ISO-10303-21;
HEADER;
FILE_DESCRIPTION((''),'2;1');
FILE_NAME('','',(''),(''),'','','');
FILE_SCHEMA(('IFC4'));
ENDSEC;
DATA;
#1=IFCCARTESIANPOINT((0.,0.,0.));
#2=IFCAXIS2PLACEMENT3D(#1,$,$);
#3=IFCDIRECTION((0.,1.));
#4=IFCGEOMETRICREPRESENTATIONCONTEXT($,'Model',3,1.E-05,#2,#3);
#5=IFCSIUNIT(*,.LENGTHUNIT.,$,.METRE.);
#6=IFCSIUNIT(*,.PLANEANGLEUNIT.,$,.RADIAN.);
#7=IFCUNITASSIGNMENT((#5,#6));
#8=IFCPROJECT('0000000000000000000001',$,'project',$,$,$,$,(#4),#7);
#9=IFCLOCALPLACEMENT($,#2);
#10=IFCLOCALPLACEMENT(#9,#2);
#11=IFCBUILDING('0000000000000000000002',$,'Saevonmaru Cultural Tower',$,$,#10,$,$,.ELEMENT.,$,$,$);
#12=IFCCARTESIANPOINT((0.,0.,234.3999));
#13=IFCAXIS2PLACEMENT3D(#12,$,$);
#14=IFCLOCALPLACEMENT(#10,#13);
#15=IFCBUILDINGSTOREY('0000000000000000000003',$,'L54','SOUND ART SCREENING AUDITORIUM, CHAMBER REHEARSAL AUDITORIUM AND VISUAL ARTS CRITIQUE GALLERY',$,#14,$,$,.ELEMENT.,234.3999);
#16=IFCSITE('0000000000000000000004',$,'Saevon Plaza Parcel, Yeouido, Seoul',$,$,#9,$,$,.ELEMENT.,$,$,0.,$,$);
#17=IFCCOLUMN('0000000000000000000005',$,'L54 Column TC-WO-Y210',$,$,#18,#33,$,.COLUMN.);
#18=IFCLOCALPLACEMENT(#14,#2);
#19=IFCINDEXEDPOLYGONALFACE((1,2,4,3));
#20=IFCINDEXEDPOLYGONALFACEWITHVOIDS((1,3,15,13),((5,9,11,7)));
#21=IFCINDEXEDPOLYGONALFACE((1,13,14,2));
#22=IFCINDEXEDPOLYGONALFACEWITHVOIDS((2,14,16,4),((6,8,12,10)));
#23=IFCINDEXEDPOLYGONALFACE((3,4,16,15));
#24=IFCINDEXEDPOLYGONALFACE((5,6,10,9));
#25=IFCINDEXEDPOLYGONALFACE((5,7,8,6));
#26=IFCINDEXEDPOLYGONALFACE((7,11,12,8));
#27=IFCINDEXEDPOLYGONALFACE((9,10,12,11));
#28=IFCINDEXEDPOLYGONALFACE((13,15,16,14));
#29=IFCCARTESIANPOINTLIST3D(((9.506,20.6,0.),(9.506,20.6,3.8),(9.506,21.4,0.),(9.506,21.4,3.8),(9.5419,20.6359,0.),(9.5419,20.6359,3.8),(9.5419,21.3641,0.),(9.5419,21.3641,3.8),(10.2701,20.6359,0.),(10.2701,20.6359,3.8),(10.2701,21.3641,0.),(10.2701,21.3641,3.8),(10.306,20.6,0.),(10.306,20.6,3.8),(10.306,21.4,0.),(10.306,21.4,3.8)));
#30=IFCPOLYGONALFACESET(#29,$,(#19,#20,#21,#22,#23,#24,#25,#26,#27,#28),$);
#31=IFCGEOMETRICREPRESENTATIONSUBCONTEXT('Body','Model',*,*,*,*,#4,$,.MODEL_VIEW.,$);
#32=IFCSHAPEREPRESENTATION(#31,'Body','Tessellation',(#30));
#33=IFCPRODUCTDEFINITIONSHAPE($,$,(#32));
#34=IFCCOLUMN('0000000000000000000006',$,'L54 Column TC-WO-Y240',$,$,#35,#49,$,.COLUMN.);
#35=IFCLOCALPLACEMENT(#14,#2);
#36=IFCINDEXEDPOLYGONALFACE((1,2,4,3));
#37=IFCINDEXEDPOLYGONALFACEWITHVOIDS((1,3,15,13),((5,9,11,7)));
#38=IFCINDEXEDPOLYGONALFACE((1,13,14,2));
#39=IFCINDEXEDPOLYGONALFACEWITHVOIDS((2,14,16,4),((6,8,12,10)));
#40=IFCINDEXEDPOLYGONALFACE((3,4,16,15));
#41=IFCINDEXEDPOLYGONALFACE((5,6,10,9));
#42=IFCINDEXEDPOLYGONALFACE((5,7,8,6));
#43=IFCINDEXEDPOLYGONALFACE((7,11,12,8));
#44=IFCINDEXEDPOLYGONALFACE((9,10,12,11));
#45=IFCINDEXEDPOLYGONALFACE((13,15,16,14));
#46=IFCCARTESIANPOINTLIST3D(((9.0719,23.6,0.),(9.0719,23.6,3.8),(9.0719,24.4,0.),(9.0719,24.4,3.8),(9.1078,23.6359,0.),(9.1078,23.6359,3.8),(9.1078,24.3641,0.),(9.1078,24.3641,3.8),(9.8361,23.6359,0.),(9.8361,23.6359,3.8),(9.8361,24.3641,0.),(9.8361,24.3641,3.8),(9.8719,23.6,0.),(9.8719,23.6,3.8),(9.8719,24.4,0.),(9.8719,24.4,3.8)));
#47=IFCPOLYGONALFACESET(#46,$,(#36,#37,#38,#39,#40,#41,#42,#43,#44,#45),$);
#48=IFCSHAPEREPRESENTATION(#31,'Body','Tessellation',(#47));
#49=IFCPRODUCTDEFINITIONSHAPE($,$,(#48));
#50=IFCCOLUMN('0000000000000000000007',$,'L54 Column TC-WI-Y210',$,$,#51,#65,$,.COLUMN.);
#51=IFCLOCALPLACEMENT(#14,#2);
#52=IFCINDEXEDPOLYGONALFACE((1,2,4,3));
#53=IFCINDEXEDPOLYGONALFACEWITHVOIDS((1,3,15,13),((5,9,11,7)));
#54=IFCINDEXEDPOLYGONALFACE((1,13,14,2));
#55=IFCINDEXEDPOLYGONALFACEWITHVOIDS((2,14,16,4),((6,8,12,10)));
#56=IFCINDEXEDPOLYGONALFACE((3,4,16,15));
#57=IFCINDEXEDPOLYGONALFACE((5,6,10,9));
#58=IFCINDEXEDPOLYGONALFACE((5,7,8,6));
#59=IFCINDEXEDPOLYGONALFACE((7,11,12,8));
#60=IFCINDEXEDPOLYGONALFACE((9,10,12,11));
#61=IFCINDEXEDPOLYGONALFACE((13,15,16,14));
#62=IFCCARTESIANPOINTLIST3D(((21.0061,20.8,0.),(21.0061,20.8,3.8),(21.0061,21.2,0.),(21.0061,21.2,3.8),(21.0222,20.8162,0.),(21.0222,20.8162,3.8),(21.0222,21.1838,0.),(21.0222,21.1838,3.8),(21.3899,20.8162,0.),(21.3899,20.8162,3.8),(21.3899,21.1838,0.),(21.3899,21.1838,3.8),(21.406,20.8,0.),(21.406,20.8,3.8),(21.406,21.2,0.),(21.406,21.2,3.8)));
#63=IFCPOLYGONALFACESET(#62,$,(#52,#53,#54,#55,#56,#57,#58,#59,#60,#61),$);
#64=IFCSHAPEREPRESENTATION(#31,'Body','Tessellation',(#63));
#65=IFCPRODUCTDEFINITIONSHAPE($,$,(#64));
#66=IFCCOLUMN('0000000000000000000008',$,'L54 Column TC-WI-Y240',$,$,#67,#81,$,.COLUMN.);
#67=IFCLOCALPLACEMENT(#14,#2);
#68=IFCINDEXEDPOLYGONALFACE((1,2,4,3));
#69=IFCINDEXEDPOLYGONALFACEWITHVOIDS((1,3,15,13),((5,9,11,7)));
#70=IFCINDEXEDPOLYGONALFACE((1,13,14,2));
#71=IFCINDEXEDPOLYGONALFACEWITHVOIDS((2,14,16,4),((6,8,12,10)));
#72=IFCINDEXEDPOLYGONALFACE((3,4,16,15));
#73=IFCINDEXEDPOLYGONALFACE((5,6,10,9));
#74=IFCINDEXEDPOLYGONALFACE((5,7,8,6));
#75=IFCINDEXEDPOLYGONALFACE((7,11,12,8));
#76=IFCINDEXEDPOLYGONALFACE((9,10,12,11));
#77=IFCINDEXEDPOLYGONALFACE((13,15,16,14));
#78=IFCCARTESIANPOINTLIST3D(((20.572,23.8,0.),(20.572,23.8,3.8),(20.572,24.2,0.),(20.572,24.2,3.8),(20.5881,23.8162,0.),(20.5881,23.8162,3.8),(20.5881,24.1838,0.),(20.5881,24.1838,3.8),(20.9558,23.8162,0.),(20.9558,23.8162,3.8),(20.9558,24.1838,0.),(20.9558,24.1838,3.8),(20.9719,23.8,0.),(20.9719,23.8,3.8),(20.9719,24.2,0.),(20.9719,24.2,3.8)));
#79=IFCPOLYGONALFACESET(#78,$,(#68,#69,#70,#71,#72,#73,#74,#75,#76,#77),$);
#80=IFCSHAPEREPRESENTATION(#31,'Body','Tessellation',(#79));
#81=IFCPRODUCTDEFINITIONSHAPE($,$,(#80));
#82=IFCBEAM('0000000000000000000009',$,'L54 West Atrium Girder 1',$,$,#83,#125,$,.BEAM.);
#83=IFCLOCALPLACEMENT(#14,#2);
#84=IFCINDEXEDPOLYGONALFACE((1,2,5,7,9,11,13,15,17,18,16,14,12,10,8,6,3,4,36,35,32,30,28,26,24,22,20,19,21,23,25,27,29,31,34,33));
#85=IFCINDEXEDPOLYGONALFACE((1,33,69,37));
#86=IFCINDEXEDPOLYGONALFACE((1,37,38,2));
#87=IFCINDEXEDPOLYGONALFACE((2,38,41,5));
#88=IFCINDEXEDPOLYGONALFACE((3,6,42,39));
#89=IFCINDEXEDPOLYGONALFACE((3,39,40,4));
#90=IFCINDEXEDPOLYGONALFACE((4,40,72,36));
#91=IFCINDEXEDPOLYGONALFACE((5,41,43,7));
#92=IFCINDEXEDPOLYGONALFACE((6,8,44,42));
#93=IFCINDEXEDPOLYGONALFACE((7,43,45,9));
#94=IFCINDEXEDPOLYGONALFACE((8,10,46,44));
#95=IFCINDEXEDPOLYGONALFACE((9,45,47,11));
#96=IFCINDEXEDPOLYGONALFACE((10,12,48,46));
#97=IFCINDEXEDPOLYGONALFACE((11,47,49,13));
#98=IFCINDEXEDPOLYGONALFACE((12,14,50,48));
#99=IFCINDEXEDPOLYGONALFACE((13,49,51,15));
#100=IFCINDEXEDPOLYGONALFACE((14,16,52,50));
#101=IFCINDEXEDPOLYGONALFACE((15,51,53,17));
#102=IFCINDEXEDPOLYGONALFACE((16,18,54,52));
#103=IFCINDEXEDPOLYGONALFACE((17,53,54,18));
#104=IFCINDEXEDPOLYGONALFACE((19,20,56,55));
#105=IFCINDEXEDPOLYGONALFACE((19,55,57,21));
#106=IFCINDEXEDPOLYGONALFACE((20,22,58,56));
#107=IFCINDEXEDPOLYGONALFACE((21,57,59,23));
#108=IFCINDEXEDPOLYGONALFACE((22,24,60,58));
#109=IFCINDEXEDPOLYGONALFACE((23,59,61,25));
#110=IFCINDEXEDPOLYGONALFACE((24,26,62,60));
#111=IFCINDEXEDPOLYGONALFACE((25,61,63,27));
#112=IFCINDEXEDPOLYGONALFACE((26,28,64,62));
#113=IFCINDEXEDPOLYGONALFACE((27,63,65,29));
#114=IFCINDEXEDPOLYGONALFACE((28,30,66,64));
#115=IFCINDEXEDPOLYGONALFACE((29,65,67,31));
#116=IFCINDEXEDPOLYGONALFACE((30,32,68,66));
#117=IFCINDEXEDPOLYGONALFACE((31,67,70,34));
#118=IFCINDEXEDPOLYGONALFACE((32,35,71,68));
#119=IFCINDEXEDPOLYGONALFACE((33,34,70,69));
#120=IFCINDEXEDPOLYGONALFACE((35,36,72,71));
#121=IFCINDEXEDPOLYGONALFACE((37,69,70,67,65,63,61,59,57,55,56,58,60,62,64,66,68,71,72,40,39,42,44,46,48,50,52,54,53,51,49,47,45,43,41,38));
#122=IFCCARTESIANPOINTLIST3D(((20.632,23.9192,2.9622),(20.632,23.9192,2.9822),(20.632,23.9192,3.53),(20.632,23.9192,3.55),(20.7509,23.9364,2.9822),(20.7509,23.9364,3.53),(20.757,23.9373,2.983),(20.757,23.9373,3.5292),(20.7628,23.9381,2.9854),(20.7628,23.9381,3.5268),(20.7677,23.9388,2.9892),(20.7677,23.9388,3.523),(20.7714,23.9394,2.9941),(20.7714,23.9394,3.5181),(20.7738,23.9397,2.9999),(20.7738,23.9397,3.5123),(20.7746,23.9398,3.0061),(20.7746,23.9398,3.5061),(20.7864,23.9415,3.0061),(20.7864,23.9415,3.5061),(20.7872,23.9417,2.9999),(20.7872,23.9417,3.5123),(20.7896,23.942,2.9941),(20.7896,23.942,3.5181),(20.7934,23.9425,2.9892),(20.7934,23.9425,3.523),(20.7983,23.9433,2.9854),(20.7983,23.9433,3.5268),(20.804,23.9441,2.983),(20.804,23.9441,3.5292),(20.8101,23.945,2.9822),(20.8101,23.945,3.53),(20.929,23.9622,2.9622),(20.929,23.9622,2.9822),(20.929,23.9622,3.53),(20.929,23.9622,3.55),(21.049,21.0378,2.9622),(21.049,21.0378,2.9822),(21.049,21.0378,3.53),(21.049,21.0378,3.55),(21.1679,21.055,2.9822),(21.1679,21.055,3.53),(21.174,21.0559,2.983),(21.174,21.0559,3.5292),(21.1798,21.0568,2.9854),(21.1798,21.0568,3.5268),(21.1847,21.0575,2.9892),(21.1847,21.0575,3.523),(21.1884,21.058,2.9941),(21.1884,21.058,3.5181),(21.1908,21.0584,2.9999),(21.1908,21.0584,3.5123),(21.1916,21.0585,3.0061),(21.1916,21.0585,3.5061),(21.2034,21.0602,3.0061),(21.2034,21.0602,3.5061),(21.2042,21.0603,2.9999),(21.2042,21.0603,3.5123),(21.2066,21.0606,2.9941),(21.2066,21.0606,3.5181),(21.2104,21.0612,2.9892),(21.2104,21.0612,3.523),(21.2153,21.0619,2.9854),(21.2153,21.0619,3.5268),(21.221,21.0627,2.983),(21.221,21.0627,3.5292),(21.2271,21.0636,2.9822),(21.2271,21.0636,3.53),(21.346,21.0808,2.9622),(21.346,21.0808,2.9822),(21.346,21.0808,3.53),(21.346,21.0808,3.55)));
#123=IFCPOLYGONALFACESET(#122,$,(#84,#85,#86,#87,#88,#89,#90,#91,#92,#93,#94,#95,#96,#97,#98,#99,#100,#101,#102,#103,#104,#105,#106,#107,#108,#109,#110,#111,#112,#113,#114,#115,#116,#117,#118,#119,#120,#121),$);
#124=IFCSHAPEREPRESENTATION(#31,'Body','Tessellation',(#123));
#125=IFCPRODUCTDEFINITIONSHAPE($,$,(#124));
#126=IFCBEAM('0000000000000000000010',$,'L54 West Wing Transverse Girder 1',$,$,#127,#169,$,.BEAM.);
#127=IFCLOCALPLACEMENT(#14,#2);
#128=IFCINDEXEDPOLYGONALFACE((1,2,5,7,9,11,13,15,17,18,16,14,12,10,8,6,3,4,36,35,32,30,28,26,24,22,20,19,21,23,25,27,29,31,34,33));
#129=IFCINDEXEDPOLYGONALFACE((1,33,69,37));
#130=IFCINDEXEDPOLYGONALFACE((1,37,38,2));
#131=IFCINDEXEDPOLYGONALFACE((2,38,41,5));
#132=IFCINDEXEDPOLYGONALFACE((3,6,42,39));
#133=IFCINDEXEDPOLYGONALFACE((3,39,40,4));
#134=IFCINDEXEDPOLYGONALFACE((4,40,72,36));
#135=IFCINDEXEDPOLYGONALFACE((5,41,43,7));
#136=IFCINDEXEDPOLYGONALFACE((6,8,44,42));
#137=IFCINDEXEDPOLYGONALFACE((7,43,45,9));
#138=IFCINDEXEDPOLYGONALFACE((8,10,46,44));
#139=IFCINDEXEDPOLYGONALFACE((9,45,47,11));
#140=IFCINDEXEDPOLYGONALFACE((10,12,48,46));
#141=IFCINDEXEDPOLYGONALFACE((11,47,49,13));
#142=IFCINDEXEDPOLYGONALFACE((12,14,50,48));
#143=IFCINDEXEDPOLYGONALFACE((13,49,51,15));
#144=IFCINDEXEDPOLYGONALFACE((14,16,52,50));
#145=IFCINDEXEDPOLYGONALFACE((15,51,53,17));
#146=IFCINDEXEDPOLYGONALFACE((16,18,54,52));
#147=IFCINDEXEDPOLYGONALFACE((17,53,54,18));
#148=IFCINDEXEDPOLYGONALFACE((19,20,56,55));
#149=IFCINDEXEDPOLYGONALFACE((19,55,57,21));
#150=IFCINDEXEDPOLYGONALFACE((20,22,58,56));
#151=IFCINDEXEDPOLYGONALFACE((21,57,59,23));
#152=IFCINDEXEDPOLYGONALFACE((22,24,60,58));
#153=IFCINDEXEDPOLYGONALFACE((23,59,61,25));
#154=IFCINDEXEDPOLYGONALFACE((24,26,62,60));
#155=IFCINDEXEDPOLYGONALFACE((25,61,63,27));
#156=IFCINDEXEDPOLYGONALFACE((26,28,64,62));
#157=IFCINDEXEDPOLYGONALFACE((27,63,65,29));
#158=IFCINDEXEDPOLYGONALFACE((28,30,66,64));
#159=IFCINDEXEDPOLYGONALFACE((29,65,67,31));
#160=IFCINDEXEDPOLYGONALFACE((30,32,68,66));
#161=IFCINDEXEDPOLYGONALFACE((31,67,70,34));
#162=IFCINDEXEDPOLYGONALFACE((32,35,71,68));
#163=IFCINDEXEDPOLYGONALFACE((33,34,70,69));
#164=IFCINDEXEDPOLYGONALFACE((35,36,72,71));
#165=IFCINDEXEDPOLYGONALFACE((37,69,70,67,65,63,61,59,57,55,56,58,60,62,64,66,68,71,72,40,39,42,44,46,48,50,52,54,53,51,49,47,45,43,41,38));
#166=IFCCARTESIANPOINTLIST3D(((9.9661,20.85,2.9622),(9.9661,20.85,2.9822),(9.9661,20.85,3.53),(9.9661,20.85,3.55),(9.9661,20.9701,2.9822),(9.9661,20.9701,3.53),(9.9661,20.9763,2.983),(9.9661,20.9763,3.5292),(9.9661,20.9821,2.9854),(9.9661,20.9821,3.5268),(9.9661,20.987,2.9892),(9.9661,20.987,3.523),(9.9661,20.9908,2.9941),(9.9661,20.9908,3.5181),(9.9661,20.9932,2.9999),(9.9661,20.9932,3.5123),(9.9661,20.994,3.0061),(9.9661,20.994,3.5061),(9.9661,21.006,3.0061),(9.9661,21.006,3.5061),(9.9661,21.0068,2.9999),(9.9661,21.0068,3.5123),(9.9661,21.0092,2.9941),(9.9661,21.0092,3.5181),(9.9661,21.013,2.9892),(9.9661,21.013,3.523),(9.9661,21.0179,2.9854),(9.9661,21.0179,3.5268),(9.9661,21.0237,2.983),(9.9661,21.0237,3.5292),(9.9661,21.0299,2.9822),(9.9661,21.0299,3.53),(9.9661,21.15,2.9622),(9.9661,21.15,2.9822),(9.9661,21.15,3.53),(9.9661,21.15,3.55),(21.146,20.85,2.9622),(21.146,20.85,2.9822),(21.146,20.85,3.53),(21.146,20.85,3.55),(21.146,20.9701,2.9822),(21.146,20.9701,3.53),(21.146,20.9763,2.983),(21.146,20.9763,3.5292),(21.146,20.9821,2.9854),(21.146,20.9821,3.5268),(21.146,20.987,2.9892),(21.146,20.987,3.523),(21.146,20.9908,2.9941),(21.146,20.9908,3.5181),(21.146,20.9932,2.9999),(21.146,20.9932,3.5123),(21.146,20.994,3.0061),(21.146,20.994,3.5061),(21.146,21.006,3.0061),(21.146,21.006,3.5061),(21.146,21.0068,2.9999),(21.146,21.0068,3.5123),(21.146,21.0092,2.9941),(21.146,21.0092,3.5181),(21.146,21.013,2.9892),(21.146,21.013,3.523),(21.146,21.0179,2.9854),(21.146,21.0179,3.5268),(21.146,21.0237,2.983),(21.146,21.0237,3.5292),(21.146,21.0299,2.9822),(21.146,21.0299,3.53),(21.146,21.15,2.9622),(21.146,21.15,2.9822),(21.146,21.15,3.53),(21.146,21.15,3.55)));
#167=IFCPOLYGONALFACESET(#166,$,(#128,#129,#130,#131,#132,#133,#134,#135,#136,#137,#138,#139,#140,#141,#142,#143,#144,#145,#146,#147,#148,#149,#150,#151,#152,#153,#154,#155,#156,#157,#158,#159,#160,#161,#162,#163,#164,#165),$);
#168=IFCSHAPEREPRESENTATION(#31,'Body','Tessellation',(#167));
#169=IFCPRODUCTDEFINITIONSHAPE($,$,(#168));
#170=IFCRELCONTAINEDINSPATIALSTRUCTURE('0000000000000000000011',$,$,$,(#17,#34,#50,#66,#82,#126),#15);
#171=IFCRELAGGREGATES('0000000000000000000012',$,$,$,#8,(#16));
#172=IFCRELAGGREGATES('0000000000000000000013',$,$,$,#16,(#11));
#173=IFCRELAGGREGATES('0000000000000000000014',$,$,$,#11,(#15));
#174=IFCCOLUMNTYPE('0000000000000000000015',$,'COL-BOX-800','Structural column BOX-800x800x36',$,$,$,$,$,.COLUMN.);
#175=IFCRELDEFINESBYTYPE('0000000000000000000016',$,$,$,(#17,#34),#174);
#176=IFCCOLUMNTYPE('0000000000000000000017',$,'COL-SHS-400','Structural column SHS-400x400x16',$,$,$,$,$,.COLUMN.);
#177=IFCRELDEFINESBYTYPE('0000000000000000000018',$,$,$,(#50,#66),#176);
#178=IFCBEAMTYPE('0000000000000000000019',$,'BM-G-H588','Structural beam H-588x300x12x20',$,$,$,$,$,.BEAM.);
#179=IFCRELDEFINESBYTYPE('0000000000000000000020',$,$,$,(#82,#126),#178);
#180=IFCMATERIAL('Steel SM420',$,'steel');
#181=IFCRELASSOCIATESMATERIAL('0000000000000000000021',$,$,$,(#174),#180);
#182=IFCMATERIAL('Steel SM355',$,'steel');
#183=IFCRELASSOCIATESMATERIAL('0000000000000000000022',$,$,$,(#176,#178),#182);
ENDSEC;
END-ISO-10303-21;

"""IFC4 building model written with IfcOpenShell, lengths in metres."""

from ifc_helpers import new_model, si_unit, direction, frame, origin, origin_2d, place, context, subcontext, project, spatial, hollow_rectangle, i_section, extrude, material, material_profile, profile_set, type_object, element, save


model = new_model("IFC4")

# Units and contexts
model_context = context("Model", 3, precision=1e-05, world=origin(), true_north=direction((0.0, 1.0)))
body_context = subcontext(model_context, "Body", "Model", "MODEL_VIEW")
ifc_project = project(units=[si_unit("LENGTHUNIT", "METRE"), si_unit("PLANEANGLEUNIT", "RADIAN")], contexts=[model_context])

# Site, building, storey
site_placement = place(None, origin())
site = spatial("IfcSite", under=ifc_project, at=site_placement, Name="Saevon Plaza Parcel, Yeouido, Seoul", CompositionType="ELEMENT", RefElevation=0.0)
building_placement = place(site_placement, origin())
building = spatial("IfcBuilding", under=site, at=building_placement, Name="Saevonmaru Cultural Tower", CompositionType="ELEMENT")
storey_placement = place(building_placement, frame((0.0, 0.0, 234.3999)))
storey = spatial("IfcBuildingStorey", under=building, at=storey_placement, Name="L54", Description="SOUND ART SCREENING AUDITORIUM, CHAMBER REHEARSAL AUDITORIUM AND VISUAL ARTS CRITIQUE GALLERY", CompositionType="ELEMENT", Elevation=234.3999)

# Columns
ifc_material_1 = material(Name="Steel SM420", Category="steel")
ifc_material_profile_1 = material_profile(ifc_material_1, hollow_rectangle(XDim=0.8, YDim=0.8, WallThickness=0.0359, at=origin_2d()), Name="BOX-800x800x36")
ifc_profile_set_1 = profile_set([ifc_material_profile_1], Name="Steel SM420")
column_type_1 = type_object("IfcColumnType", Name="COL-BOX-800", Description="Structural column BOX-800x800x36", PredefinedType="COLUMN", material=ifc_profile_set_1)
for number, where, z_axis, x_axis, name in (
    (1, (9.906, 21.0, 0.0), (0.0, 0.0, 1.0), (1.0, 0.0, 0.0), "L54 Column TC-WO-Y210"),
    (2, (9.4719, 24.0, 0.0), (0.0, 0.0, 1.0), (1.0, 0.0, 0.0), "L54 Column TC-WO-Y240"),
):
    element("IfcColumn", number, at=place(storey_placement, frame(where, z_axis=z_axis, x_axis=x_axis)), inside=storey, type_object=column_type_1, Name=name, PredefinedType="COLUMN", context=body_context, shape_type="SweptSolid", body=[
        extrude(hollow_rectangle(XDim=0.8, YDim=0.8, WallThickness=0.0359, at=origin_2d()), origin(), (0.0, 0.0, 1.0), 3.8),
    ])
ifc_material_2 = material(Name="Steel SM355", Category="steel")
ifc_material_profile_2 = material_profile(ifc_material_2, hollow_rectangle(XDim=0.3999, YDim=0.3999, WallThickness=0.0161, at=origin_2d()), Name="SHS-400x400x16")
ifc_profile_set_2 = profile_set([ifc_material_profile_2], Name="Steel SM355")
column_type_2 = type_object("IfcColumnType", Name="COL-SHS-400", Description="Structural column SHS-400x400x16", PredefinedType="COLUMN", material=ifc_profile_set_2)
for number, where, z_axis, x_axis, name in (
    (3, (21.2061, 21.0, 0.0), (0.0, 0.0, 1.0), (1.0, 0.0, 0.0), "L54 Column TC-WI-Y210"),
    (4, (20.772, 24.0, 0.0), (0.0, 0.0, 1.0), (1.0, 0.0, 0.0), "L54 Column TC-WI-Y240"),
):
    element("IfcColumn", number, at=place(storey_placement, frame(where, z_axis=z_axis, x_axis=x_axis)), inside=storey, type_object=column_type_2, Name=name, PredefinedType="COLUMN", context=body_context, shape_type="SweptSolid", body=[
        extrude(hollow_rectangle(XDim=0.3999, YDim=0.3999, WallThickness=0.0161, at=origin_2d()), origin(), (0.0, 0.0, 1.0), 3.8),
    ])

# Beams
ifc_material_profile_3 = material_profile(ifc_material_2, i_section(OverallWidth=0.3, OverallDepth=0.5879, WebThickness=0.012, FlangeThickness=0.02, FilletRadius=0.0239, at=origin_2d()), Name="H-588x300x12x20")
ifc_profile_set_3 = profile_set([ifc_material_profile_3], Name="Steel SM355")
beam_type_1 = type_object("IfcBeamType", Name="BM-G-H588", Description="Structural beam H-588x300x12x20", PredefinedType="BEAM", material=ifc_profile_set_3)
beam_1_placement = place(storey_placement, frame((21.1975, 21.0593, 3.2561), z_axis=(-0.143229, 0.98969, 0.0), x_axis=(-0.98969, -0.143229, 0.0)))
element("IfcBeam", 5, at=beam_1_placement, inside=storey, type_object=beam_type_1, Name="L54 West Atrium Girder 1", PredefinedType="BEAM", context=body_context, shape_type="SweptSolid", body=[
    extrude(i_section(OverallWidth=0.3, OverallDepth=0.5879, WebThickness=0.012, FlangeThickness=0.02, FilletRadius=0.0239, at=origin_2d()), origin(), (0.0, 0.0, 1.0), 2.9114),
])
for number, where, z_axis, x_axis, name in (
    (6, (9.9661, 21.0, 3.2561), (1.0, 0.0, 0.0), (0.0, 1.0, 0.0), "L54 West Wing Transverse Girder 1"),
):
    element("IfcBeam", number, at=place(storey_placement, frame(where, z_axis=z_axis, x_axis=x_axis)), inside=storey, type_object=beam_type_1, Name=name, PredefinedType="BEAM", context=body_context, shape_type="SweptSolid", body=[
        extrude(i_section(OverallWidth=0.3, OverallDepth=0.5879, WebThickness=0.012, FlangeThickness=0.02, FilletRadius=0.0239, at=origin_2d()), origin(), (0.0, 0.0, 1.0), 11.1799),
    ])

save(model, "model.ifc")
